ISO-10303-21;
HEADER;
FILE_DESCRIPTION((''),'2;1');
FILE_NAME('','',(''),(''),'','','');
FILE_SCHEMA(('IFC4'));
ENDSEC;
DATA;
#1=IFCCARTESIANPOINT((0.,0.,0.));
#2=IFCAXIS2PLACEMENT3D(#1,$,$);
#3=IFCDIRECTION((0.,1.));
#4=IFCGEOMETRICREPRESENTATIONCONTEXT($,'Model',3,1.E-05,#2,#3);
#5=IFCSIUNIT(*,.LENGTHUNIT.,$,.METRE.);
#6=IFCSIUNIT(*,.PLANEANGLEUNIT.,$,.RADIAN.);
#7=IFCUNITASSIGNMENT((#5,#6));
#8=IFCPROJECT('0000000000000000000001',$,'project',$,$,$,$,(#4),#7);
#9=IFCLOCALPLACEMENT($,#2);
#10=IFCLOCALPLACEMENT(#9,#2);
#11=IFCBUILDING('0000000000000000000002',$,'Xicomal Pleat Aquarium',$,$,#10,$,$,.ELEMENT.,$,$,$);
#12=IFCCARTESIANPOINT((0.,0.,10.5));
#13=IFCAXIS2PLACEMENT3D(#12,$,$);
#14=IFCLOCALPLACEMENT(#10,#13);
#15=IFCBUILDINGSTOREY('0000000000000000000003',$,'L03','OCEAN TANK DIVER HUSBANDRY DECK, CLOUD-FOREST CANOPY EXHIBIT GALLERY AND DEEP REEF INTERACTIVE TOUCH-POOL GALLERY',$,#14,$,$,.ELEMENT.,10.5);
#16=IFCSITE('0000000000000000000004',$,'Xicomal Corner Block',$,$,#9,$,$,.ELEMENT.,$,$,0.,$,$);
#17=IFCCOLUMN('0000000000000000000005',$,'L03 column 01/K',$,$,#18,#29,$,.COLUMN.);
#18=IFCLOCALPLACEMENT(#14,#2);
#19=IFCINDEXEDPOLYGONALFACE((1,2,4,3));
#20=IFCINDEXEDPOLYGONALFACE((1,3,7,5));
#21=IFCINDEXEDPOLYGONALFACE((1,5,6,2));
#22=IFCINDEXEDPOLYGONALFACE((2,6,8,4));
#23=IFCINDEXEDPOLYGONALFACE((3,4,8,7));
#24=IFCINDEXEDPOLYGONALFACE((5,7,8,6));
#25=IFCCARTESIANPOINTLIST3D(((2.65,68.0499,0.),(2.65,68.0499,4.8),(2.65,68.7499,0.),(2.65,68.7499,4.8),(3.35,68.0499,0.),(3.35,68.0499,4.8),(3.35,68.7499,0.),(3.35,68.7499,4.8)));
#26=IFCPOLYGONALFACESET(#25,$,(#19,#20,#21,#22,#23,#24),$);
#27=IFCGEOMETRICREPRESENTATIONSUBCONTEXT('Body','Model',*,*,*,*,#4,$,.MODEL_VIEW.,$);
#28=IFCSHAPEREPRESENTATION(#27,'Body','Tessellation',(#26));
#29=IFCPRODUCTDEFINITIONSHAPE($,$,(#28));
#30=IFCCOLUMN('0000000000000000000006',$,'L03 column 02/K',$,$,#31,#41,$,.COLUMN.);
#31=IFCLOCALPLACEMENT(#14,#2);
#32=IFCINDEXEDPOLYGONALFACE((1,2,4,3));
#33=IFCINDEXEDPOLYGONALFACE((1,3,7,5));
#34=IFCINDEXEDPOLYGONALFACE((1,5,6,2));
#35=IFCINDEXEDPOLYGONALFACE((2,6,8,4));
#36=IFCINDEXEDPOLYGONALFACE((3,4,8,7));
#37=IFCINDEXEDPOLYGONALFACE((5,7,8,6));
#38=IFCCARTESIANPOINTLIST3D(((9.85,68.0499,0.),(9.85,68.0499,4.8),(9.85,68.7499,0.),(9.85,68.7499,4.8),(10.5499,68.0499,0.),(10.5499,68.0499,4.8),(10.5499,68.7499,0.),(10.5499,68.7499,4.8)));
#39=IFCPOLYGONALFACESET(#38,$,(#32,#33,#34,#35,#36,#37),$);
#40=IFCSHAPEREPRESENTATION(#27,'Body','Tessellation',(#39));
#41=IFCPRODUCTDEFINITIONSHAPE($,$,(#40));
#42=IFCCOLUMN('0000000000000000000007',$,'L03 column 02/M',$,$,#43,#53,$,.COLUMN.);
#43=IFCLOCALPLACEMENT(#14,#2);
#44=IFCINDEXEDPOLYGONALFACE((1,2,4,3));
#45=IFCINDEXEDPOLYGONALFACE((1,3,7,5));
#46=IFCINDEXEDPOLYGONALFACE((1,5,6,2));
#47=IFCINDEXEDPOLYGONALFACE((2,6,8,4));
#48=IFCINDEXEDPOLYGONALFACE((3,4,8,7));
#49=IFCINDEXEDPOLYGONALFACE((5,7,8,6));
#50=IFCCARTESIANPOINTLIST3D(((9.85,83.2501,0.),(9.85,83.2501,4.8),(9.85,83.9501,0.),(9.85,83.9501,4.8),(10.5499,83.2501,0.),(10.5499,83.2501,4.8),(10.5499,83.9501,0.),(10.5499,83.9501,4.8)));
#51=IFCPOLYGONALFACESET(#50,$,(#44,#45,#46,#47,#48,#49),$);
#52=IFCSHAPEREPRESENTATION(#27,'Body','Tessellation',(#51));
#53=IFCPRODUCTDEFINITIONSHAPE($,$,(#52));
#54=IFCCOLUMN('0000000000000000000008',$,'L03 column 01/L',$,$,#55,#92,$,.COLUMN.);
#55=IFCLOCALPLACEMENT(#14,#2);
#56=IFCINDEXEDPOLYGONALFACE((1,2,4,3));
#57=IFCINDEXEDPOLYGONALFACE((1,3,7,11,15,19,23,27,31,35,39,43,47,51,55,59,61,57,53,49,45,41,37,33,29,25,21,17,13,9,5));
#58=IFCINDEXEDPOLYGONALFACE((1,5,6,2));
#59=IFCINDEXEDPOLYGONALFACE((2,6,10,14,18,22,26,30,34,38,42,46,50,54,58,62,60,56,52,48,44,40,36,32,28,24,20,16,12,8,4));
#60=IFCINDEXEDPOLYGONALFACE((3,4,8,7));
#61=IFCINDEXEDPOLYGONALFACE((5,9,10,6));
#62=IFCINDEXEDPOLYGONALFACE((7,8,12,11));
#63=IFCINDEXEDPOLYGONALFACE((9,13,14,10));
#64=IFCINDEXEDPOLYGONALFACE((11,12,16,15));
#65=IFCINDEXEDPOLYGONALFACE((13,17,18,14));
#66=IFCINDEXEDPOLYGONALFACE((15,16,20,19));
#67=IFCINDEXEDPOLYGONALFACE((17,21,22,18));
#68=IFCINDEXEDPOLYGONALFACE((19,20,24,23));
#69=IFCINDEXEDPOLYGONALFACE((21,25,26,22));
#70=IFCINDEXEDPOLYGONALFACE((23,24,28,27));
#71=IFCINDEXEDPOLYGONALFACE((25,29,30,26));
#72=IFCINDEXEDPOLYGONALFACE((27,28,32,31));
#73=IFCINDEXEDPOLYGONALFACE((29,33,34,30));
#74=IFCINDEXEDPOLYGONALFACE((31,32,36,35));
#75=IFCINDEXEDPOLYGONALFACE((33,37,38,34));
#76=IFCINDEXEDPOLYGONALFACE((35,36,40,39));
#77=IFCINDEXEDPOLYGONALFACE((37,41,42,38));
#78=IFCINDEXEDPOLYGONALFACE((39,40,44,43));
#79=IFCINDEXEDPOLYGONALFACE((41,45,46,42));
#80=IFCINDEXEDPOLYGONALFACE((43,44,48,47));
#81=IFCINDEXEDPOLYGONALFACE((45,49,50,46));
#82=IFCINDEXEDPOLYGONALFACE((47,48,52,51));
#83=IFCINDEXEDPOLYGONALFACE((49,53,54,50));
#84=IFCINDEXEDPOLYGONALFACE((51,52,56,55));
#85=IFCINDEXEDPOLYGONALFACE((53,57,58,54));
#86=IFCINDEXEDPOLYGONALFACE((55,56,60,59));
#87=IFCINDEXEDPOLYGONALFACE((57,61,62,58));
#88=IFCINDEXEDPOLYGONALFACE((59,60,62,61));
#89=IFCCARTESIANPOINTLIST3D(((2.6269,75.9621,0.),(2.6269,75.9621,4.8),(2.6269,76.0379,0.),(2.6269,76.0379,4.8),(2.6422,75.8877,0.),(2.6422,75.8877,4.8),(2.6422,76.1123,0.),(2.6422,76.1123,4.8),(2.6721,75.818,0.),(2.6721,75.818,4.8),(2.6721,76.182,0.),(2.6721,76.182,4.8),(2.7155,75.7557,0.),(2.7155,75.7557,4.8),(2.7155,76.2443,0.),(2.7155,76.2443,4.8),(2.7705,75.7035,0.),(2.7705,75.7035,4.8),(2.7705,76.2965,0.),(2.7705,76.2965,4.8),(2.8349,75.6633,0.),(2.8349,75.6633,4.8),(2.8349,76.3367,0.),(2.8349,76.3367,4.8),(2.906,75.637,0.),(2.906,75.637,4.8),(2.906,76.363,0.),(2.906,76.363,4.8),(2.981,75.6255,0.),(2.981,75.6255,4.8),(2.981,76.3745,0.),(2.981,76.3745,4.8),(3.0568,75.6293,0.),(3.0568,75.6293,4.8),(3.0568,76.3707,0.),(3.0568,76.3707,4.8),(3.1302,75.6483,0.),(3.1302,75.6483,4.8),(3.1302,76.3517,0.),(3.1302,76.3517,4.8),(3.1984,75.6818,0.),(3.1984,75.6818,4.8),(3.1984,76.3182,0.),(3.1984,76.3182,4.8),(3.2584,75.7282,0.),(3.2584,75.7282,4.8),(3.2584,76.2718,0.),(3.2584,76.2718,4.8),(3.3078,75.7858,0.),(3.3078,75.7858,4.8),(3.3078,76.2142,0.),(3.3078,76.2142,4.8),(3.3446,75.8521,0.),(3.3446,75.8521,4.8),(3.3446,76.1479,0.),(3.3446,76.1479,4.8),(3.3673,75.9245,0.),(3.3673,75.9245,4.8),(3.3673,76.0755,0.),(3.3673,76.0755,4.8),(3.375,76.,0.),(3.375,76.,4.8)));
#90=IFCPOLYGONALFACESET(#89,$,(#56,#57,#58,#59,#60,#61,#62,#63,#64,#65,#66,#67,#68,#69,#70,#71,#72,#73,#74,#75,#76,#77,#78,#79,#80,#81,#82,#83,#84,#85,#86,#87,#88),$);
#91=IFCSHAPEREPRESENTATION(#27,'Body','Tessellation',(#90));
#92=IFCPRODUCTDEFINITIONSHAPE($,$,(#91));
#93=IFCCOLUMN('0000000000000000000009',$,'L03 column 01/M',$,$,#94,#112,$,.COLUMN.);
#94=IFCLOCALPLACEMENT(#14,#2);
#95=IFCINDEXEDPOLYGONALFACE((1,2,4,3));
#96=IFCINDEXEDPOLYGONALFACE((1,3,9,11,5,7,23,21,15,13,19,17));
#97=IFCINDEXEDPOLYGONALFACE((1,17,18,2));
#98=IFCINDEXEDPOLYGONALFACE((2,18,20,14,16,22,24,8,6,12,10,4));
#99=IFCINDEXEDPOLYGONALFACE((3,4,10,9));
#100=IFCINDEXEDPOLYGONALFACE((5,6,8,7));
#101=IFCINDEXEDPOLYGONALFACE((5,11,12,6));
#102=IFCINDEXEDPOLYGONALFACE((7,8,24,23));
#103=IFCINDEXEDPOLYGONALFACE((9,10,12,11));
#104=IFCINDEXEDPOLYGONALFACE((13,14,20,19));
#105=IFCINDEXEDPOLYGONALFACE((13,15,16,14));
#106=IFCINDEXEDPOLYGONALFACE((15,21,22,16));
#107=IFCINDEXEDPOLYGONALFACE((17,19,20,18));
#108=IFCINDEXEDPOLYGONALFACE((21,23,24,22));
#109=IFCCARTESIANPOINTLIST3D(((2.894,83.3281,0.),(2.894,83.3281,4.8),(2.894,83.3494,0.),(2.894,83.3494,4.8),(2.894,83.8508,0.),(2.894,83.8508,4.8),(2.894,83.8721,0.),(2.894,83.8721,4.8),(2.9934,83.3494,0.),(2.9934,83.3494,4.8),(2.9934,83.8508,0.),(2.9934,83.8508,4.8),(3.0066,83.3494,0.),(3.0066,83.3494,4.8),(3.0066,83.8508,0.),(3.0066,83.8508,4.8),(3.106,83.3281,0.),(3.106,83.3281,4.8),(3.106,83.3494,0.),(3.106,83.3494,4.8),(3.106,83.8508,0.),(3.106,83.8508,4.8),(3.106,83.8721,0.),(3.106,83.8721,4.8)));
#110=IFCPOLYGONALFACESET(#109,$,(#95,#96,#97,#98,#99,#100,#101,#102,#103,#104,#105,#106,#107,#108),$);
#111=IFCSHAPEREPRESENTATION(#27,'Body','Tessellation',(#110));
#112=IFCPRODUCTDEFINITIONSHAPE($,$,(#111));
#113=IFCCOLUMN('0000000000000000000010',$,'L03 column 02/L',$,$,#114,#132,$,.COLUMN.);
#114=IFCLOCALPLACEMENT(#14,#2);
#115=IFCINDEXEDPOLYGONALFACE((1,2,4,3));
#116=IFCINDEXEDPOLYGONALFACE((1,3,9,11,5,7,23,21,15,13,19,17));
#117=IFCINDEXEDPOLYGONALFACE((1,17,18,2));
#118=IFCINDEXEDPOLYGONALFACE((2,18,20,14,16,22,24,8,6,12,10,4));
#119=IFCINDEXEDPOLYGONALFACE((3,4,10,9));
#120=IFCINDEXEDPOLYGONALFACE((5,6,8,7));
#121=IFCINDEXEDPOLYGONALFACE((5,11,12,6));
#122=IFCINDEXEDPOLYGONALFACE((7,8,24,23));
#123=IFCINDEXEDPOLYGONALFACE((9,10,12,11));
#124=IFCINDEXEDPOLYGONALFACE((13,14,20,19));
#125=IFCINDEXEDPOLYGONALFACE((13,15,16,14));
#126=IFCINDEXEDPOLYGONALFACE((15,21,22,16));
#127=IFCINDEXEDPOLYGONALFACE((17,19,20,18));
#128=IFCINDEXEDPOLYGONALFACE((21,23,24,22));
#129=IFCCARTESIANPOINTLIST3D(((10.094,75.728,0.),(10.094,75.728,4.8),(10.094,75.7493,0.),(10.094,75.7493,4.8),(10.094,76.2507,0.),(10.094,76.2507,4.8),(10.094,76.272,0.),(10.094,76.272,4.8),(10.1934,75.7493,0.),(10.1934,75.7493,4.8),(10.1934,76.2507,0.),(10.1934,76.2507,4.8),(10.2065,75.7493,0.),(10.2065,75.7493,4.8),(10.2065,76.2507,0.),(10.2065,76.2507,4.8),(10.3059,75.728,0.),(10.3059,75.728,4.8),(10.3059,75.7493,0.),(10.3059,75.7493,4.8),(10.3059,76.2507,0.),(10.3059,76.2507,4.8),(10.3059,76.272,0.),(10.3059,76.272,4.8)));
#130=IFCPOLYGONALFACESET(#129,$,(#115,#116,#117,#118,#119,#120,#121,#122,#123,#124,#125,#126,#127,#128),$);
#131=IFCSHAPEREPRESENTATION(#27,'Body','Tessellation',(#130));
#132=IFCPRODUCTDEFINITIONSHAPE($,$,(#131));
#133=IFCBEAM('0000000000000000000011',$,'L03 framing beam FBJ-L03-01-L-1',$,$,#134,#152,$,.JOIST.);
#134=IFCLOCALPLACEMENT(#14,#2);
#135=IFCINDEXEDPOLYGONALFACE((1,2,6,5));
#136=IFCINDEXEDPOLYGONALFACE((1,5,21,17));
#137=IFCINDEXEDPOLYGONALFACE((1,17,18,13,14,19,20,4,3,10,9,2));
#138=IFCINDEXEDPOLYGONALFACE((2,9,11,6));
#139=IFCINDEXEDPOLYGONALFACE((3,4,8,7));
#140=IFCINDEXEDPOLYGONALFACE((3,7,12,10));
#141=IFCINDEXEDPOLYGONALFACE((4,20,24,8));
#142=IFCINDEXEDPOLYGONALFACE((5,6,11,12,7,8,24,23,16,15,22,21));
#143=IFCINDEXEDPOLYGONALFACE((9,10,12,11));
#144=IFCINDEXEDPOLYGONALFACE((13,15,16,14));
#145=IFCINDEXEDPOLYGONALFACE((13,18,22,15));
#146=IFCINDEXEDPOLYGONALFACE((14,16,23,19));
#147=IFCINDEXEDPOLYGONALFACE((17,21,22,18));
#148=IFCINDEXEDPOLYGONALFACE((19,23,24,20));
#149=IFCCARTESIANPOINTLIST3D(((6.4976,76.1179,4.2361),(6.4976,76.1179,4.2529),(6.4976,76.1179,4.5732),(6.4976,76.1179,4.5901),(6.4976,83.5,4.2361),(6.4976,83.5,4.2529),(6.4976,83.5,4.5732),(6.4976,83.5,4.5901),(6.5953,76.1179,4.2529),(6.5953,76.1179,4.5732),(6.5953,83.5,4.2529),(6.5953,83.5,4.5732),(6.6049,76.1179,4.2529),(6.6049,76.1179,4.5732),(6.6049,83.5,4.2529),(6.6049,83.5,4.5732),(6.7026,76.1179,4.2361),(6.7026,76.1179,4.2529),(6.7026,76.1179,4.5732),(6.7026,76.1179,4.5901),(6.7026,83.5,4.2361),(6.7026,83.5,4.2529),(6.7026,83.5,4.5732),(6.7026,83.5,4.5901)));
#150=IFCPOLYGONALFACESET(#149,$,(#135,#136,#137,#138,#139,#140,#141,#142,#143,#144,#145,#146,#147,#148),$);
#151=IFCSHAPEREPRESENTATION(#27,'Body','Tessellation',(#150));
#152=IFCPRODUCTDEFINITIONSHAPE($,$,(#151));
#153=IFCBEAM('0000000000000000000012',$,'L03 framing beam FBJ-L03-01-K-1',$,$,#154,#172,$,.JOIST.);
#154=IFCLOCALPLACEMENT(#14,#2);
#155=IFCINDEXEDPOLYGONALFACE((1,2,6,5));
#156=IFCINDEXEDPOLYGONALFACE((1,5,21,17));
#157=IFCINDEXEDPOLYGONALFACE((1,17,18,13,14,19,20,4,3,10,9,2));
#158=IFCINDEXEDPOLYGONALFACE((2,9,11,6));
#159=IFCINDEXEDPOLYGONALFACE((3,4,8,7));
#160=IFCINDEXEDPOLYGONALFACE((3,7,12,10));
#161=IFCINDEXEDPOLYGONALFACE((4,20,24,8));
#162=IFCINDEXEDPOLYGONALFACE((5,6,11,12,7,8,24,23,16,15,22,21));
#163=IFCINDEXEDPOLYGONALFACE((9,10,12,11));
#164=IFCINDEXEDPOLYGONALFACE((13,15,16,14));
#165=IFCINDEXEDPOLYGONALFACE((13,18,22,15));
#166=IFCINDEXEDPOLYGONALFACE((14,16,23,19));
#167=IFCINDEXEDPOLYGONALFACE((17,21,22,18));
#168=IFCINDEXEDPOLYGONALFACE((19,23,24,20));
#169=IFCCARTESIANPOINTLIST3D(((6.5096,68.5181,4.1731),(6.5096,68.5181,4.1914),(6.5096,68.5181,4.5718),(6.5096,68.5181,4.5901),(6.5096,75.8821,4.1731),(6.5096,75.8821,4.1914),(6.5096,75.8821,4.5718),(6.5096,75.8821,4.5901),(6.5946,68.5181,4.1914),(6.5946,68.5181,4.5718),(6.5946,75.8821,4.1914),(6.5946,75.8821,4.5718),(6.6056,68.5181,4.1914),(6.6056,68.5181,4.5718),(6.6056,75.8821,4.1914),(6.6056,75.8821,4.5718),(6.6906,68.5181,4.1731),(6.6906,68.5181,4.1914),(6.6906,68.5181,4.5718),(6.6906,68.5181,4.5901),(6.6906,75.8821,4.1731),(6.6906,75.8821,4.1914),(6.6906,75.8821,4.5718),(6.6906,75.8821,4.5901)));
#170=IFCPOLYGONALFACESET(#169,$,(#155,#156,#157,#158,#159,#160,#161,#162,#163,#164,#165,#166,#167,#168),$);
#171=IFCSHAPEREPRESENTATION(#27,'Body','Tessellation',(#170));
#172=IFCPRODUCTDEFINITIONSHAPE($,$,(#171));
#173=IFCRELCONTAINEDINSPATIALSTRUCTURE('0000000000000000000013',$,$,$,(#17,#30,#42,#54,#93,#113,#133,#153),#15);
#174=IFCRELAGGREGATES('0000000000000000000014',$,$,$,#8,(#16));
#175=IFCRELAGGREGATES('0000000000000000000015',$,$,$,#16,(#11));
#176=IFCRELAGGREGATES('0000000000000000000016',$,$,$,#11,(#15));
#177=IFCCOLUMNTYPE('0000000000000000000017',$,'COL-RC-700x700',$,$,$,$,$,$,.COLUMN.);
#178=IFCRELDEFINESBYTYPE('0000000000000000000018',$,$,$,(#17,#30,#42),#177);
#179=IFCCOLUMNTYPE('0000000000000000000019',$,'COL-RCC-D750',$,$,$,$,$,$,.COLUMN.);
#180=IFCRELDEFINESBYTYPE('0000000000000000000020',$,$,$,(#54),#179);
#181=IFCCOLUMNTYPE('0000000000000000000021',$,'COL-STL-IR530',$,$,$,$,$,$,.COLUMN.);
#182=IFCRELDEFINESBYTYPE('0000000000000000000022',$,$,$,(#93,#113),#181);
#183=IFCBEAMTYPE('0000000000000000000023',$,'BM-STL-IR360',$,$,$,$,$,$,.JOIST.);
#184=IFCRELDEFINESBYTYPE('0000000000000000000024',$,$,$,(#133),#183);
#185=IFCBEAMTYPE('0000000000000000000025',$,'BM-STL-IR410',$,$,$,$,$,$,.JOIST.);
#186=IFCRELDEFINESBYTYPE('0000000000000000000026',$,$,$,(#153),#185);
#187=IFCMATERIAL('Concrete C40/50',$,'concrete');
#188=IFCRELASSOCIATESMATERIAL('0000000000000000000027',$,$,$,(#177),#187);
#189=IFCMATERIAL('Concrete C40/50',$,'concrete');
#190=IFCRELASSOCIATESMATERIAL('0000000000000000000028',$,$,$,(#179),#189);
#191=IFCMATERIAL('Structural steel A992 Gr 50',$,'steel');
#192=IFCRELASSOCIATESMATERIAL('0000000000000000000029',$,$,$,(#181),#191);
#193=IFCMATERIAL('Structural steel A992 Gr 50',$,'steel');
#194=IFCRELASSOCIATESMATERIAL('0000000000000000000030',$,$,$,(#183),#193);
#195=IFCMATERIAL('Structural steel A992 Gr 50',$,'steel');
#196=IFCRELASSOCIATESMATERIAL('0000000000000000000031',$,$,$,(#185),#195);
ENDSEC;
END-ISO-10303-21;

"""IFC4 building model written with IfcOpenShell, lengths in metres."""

from ifc_helpers import new_model, si_unit, direction, frame, origin, origin_2d, place, context, subcontext, project, spatial, rectangle, circle, i_section, extrude, material, material_profile, profile_set, type_object, element, save


model = new_model("IFC4")

# Units and contexts
model_context = context("Model", 3, precision=1e-05, world=origin(), true_north=direction((0.0, 1.0)))
body_context = subcontext(model_context, "Body", "Model", "MODEL_VIEW")
ifc_project = project(units=[si_unit("LENGTHUNIT", "METRE"), si_unit("PLANEANGLEUNIT", "RADIAN")], contexts=[model_context])

# Site, building, storey
site_placement = place(None, origin())
site = spatial("IfcSite", under=ifc_project, at=site_placement, Name="Xicomal Corner Block", CompositionType="ELEMENT", RefElevation=0.0)
building_placement = place(site_placement, origin())
building = spatial("IfcBuilding", under=site, at=building_placement, Name="Xicomal Pleat Aquarium", CompositionType="ELEMENT")
storey_placement = place(building_placement, frame((0.0, 0.0, 10.5)))
storey = spatial("IfcBuildingStorey", under=building, at=storey_placement, Name="L03", Description="OCEAN TANK DIVER HUSBANDRY DECK, CLOUD-FOREST CANOPY EXHIBIT GALLERY AND DEEP REEF INTERACTIVE TOUCH-POOL GALLERY", CompositionType="ELEMENT", Elevation=10.5)

# Columns
ifc_material_1 = material(Name="Concrete C40/50", Category="concrete")
ifc_material_profile_1 = material_profile(ifc_material_1, rectangle(XDim=0.7, YDim=0.7, at=origin_2d()), Name="RC 700x700")
ifc_profile_set_1 = profile_set([ifc_material_profile_1], Name="Concrete C40/50")
column_type_1 = type_object("IfcColumnType", Name="COL-RC-700x700", PredefinedType="COLUMN", material=ifc_profile_set_1)
for number, where, z_axis, x_axis, name in (
    (1, (3.0, 68.3999, 0.0), (0.0, 0.0, 1.0), (1.0, 0.0, 0.0), "L03 column 01/K"),
    (2, (10.2, 68.3999, 0.0), (0.0, 0.0, 1.0), (1.0, 0.0, 0.0), "L03 column 02/K"),
    (3, (10.2, 83.6001, 0.0), (0.0, 0.0, 1.0), (1.0, 0.0, 0.0), "L03 column 02/M"),
):
    element("IfcColumn", number, at=place(storey_placement, frame(where, z_axis=z_axis, x_axis=x_axis)), inside=storey, type_object=column_type_1, Name=name, PredefinedType="COLUMN", context=body_context, shape_type="SweptSolid", body=[
        extrude(rectangle(XDim=0.7, YDim=0.7, at=origin_2d()), origin(), (0.0, 0.0, 1.0), 4.8),
    ])
ifc_material_2 = material(Name="Concrete C40/50", Category="concrete")
ifc_material_profile_2 = material_profile(ifc_material_2, circle(Radius=0.375, at=origin_2d()), Name="RCC D750")
ifc_profile_set_2 = profile_set([ifc_material_profile_2], Name="Concrete C40/50")
column_type_2 = type_object("IfcColumnType", Name="COL-RCC-D750", PredefinedType="COLUMN", material=ifc_profile_set_2)
column_placement = place(storey_placement, frame((3.0, 76.0, 0.0), z_axis=(0.0, 0.0, 1.0), x_axis=(1.0, 0.0, 0.0)))
element("IfcColumn", 4, at=column_placement, inside=storey, type_object=column_type_2, Name="L03 column 01/L", PredefinedType="COLUMN", context=body_context, shape_type="SweptSolid", body=[
    extrude(circle(Radius=0.375, at=origin_2d()), origin(), (0.0, 0.0, 1.0), 4.8),
])
ifc_material_3 = material(Name="Structural steel A992 Gr 50", Category="steel")
ifc_material_profile_3 = material_profile(ifc_material_3, i_section(OverallWidth=0.2119, OverallDepth=0.5439, WebThickness=0.0132, FlangeThickness=0.0212, at=origin_2d()), Name="IR 530x123")
ifc_profile_set_3 = profile_set([ifc_material_profile_3], Name="Structural steel A992 Gr 50")
column_type_3 = type_object("IfcColumnType", Name="COL-STL-IR530", PredefinedType="COLUMN", material=ifc_profile_set_3)
for number, where, z_axis, x_axis, name in (
    (5, (3.0, 83.6001, 0.0), (0.0, 0.0, 1.0), (1.0, 0.0, 0.0), "L03 column 01/M"),
    (6, (10.2, 76.0, 0.0), (0.0, 0.0, 1.0), (1.0, 0.0, 0.0), "L03 column 02/L"),
):
    element("IfcColumn", number, at=place(storey_placement, frame(where, z_axis=z_axis, x_axis=x_axis)), inside=storey, type_object=column_type_3, Name=name, PredefinedType="COLUMN", context=body_context, shape_type="SweptSolid", body=[
        extrude(i_section(OverallWidth=0.2119, OverallDepth=0.5439, WebThickness=0.0132, FlangeThickness=0.0212, at=origin_2d()), origin(), (0.0, 0.0, 1.0), 4.8),
    ])

# Beams
ifc_material_4 = material(Name="Structural steel A992 Gr 50", Category="steel")
ifc_material_profile_4 = material_profile(ifc_material_4, i_section(OverallWidth=0.2051, OverallDepth=0.354, WebThickness=0.0095, FlangeThickness=0.0168, at=origin_2d()), Name="IR 360x79")
ifc_profile_set_4 = profile_set([ifc_material_profile_4], Name="Structural steel A992 Gr 50")
beam_type_1 = type_object("IfcBeamType", Name="BM-STL-IR360", PredefinedType="JOIST", material=ifc_profile_set_4)
beam_1_placement = place(storey_placement, frame((6.6001, 76.1179, 4.4131), z_axis=(0.0, 1.0, 0.0), x_axis=(-1.0, 0.0, 0.0)))
element("IfcBeam", 7, at=beam_1_placement, inside=storey, type_object=beam_type_1, Name="L03 framing beam FBJ-L03-01-L-1", PredefinedType="JOIST", context=body_context, shape_type="SweptSolid", body=[
    extrude(i_section(OverallWidth=0.2051, OverallDepth=0.354, WebThickness=0.0095, FlangeThickness=0.0168, at=origin_2d()), origin(), (0.0, 0.0, 1.0), 7.3821),
])
ifc_material_5 = material(Name="Structural steel A992 Gr 50", Category="steel")
ifc_material_profile_5 = material_profile(ifc_material_5, i_section(OverallWidth=0.1809, OverallDepth=0.417, WebThickness=0.011, FlangeThickness=0.0183, at=origin_2d()), Name="IR 410x85")
ifc_profile_set_5 = profile_set([ifc_material_profile_5], Name="Structural steel A992 Gr 50")
beam_type_2 = type_object("IfcBeamType", Name="BM-STL-IR410", PredefinedType="JOIST", material=ifc_profile_set_5)
beam_2_placement = place(storey_placement, frame((6.6001, 68.5181, 4.3816), z_axis=(0.0, 1.0, 0.0), x_axis=(-1.0, 0.0, 0.0)))
element("IfcBeam", 8, at=beam_2_placement, inside=storey, type_object=beam_type_2, Name="L03 framing beam FBJ-L03-01-K-1", PredefinedType="JOIST", context=body_context, shape_type="SweptSolid", body=[
    extrude(i_section(OverallWidth=0.1809, OverallDepth=0.417, WebThickness=0.011, FlangeThickness=0.0183, at=origin_2d()), origin(), (0.0, 0.0, 1.0), 7.364),
])

save(model, "model.ifc")
